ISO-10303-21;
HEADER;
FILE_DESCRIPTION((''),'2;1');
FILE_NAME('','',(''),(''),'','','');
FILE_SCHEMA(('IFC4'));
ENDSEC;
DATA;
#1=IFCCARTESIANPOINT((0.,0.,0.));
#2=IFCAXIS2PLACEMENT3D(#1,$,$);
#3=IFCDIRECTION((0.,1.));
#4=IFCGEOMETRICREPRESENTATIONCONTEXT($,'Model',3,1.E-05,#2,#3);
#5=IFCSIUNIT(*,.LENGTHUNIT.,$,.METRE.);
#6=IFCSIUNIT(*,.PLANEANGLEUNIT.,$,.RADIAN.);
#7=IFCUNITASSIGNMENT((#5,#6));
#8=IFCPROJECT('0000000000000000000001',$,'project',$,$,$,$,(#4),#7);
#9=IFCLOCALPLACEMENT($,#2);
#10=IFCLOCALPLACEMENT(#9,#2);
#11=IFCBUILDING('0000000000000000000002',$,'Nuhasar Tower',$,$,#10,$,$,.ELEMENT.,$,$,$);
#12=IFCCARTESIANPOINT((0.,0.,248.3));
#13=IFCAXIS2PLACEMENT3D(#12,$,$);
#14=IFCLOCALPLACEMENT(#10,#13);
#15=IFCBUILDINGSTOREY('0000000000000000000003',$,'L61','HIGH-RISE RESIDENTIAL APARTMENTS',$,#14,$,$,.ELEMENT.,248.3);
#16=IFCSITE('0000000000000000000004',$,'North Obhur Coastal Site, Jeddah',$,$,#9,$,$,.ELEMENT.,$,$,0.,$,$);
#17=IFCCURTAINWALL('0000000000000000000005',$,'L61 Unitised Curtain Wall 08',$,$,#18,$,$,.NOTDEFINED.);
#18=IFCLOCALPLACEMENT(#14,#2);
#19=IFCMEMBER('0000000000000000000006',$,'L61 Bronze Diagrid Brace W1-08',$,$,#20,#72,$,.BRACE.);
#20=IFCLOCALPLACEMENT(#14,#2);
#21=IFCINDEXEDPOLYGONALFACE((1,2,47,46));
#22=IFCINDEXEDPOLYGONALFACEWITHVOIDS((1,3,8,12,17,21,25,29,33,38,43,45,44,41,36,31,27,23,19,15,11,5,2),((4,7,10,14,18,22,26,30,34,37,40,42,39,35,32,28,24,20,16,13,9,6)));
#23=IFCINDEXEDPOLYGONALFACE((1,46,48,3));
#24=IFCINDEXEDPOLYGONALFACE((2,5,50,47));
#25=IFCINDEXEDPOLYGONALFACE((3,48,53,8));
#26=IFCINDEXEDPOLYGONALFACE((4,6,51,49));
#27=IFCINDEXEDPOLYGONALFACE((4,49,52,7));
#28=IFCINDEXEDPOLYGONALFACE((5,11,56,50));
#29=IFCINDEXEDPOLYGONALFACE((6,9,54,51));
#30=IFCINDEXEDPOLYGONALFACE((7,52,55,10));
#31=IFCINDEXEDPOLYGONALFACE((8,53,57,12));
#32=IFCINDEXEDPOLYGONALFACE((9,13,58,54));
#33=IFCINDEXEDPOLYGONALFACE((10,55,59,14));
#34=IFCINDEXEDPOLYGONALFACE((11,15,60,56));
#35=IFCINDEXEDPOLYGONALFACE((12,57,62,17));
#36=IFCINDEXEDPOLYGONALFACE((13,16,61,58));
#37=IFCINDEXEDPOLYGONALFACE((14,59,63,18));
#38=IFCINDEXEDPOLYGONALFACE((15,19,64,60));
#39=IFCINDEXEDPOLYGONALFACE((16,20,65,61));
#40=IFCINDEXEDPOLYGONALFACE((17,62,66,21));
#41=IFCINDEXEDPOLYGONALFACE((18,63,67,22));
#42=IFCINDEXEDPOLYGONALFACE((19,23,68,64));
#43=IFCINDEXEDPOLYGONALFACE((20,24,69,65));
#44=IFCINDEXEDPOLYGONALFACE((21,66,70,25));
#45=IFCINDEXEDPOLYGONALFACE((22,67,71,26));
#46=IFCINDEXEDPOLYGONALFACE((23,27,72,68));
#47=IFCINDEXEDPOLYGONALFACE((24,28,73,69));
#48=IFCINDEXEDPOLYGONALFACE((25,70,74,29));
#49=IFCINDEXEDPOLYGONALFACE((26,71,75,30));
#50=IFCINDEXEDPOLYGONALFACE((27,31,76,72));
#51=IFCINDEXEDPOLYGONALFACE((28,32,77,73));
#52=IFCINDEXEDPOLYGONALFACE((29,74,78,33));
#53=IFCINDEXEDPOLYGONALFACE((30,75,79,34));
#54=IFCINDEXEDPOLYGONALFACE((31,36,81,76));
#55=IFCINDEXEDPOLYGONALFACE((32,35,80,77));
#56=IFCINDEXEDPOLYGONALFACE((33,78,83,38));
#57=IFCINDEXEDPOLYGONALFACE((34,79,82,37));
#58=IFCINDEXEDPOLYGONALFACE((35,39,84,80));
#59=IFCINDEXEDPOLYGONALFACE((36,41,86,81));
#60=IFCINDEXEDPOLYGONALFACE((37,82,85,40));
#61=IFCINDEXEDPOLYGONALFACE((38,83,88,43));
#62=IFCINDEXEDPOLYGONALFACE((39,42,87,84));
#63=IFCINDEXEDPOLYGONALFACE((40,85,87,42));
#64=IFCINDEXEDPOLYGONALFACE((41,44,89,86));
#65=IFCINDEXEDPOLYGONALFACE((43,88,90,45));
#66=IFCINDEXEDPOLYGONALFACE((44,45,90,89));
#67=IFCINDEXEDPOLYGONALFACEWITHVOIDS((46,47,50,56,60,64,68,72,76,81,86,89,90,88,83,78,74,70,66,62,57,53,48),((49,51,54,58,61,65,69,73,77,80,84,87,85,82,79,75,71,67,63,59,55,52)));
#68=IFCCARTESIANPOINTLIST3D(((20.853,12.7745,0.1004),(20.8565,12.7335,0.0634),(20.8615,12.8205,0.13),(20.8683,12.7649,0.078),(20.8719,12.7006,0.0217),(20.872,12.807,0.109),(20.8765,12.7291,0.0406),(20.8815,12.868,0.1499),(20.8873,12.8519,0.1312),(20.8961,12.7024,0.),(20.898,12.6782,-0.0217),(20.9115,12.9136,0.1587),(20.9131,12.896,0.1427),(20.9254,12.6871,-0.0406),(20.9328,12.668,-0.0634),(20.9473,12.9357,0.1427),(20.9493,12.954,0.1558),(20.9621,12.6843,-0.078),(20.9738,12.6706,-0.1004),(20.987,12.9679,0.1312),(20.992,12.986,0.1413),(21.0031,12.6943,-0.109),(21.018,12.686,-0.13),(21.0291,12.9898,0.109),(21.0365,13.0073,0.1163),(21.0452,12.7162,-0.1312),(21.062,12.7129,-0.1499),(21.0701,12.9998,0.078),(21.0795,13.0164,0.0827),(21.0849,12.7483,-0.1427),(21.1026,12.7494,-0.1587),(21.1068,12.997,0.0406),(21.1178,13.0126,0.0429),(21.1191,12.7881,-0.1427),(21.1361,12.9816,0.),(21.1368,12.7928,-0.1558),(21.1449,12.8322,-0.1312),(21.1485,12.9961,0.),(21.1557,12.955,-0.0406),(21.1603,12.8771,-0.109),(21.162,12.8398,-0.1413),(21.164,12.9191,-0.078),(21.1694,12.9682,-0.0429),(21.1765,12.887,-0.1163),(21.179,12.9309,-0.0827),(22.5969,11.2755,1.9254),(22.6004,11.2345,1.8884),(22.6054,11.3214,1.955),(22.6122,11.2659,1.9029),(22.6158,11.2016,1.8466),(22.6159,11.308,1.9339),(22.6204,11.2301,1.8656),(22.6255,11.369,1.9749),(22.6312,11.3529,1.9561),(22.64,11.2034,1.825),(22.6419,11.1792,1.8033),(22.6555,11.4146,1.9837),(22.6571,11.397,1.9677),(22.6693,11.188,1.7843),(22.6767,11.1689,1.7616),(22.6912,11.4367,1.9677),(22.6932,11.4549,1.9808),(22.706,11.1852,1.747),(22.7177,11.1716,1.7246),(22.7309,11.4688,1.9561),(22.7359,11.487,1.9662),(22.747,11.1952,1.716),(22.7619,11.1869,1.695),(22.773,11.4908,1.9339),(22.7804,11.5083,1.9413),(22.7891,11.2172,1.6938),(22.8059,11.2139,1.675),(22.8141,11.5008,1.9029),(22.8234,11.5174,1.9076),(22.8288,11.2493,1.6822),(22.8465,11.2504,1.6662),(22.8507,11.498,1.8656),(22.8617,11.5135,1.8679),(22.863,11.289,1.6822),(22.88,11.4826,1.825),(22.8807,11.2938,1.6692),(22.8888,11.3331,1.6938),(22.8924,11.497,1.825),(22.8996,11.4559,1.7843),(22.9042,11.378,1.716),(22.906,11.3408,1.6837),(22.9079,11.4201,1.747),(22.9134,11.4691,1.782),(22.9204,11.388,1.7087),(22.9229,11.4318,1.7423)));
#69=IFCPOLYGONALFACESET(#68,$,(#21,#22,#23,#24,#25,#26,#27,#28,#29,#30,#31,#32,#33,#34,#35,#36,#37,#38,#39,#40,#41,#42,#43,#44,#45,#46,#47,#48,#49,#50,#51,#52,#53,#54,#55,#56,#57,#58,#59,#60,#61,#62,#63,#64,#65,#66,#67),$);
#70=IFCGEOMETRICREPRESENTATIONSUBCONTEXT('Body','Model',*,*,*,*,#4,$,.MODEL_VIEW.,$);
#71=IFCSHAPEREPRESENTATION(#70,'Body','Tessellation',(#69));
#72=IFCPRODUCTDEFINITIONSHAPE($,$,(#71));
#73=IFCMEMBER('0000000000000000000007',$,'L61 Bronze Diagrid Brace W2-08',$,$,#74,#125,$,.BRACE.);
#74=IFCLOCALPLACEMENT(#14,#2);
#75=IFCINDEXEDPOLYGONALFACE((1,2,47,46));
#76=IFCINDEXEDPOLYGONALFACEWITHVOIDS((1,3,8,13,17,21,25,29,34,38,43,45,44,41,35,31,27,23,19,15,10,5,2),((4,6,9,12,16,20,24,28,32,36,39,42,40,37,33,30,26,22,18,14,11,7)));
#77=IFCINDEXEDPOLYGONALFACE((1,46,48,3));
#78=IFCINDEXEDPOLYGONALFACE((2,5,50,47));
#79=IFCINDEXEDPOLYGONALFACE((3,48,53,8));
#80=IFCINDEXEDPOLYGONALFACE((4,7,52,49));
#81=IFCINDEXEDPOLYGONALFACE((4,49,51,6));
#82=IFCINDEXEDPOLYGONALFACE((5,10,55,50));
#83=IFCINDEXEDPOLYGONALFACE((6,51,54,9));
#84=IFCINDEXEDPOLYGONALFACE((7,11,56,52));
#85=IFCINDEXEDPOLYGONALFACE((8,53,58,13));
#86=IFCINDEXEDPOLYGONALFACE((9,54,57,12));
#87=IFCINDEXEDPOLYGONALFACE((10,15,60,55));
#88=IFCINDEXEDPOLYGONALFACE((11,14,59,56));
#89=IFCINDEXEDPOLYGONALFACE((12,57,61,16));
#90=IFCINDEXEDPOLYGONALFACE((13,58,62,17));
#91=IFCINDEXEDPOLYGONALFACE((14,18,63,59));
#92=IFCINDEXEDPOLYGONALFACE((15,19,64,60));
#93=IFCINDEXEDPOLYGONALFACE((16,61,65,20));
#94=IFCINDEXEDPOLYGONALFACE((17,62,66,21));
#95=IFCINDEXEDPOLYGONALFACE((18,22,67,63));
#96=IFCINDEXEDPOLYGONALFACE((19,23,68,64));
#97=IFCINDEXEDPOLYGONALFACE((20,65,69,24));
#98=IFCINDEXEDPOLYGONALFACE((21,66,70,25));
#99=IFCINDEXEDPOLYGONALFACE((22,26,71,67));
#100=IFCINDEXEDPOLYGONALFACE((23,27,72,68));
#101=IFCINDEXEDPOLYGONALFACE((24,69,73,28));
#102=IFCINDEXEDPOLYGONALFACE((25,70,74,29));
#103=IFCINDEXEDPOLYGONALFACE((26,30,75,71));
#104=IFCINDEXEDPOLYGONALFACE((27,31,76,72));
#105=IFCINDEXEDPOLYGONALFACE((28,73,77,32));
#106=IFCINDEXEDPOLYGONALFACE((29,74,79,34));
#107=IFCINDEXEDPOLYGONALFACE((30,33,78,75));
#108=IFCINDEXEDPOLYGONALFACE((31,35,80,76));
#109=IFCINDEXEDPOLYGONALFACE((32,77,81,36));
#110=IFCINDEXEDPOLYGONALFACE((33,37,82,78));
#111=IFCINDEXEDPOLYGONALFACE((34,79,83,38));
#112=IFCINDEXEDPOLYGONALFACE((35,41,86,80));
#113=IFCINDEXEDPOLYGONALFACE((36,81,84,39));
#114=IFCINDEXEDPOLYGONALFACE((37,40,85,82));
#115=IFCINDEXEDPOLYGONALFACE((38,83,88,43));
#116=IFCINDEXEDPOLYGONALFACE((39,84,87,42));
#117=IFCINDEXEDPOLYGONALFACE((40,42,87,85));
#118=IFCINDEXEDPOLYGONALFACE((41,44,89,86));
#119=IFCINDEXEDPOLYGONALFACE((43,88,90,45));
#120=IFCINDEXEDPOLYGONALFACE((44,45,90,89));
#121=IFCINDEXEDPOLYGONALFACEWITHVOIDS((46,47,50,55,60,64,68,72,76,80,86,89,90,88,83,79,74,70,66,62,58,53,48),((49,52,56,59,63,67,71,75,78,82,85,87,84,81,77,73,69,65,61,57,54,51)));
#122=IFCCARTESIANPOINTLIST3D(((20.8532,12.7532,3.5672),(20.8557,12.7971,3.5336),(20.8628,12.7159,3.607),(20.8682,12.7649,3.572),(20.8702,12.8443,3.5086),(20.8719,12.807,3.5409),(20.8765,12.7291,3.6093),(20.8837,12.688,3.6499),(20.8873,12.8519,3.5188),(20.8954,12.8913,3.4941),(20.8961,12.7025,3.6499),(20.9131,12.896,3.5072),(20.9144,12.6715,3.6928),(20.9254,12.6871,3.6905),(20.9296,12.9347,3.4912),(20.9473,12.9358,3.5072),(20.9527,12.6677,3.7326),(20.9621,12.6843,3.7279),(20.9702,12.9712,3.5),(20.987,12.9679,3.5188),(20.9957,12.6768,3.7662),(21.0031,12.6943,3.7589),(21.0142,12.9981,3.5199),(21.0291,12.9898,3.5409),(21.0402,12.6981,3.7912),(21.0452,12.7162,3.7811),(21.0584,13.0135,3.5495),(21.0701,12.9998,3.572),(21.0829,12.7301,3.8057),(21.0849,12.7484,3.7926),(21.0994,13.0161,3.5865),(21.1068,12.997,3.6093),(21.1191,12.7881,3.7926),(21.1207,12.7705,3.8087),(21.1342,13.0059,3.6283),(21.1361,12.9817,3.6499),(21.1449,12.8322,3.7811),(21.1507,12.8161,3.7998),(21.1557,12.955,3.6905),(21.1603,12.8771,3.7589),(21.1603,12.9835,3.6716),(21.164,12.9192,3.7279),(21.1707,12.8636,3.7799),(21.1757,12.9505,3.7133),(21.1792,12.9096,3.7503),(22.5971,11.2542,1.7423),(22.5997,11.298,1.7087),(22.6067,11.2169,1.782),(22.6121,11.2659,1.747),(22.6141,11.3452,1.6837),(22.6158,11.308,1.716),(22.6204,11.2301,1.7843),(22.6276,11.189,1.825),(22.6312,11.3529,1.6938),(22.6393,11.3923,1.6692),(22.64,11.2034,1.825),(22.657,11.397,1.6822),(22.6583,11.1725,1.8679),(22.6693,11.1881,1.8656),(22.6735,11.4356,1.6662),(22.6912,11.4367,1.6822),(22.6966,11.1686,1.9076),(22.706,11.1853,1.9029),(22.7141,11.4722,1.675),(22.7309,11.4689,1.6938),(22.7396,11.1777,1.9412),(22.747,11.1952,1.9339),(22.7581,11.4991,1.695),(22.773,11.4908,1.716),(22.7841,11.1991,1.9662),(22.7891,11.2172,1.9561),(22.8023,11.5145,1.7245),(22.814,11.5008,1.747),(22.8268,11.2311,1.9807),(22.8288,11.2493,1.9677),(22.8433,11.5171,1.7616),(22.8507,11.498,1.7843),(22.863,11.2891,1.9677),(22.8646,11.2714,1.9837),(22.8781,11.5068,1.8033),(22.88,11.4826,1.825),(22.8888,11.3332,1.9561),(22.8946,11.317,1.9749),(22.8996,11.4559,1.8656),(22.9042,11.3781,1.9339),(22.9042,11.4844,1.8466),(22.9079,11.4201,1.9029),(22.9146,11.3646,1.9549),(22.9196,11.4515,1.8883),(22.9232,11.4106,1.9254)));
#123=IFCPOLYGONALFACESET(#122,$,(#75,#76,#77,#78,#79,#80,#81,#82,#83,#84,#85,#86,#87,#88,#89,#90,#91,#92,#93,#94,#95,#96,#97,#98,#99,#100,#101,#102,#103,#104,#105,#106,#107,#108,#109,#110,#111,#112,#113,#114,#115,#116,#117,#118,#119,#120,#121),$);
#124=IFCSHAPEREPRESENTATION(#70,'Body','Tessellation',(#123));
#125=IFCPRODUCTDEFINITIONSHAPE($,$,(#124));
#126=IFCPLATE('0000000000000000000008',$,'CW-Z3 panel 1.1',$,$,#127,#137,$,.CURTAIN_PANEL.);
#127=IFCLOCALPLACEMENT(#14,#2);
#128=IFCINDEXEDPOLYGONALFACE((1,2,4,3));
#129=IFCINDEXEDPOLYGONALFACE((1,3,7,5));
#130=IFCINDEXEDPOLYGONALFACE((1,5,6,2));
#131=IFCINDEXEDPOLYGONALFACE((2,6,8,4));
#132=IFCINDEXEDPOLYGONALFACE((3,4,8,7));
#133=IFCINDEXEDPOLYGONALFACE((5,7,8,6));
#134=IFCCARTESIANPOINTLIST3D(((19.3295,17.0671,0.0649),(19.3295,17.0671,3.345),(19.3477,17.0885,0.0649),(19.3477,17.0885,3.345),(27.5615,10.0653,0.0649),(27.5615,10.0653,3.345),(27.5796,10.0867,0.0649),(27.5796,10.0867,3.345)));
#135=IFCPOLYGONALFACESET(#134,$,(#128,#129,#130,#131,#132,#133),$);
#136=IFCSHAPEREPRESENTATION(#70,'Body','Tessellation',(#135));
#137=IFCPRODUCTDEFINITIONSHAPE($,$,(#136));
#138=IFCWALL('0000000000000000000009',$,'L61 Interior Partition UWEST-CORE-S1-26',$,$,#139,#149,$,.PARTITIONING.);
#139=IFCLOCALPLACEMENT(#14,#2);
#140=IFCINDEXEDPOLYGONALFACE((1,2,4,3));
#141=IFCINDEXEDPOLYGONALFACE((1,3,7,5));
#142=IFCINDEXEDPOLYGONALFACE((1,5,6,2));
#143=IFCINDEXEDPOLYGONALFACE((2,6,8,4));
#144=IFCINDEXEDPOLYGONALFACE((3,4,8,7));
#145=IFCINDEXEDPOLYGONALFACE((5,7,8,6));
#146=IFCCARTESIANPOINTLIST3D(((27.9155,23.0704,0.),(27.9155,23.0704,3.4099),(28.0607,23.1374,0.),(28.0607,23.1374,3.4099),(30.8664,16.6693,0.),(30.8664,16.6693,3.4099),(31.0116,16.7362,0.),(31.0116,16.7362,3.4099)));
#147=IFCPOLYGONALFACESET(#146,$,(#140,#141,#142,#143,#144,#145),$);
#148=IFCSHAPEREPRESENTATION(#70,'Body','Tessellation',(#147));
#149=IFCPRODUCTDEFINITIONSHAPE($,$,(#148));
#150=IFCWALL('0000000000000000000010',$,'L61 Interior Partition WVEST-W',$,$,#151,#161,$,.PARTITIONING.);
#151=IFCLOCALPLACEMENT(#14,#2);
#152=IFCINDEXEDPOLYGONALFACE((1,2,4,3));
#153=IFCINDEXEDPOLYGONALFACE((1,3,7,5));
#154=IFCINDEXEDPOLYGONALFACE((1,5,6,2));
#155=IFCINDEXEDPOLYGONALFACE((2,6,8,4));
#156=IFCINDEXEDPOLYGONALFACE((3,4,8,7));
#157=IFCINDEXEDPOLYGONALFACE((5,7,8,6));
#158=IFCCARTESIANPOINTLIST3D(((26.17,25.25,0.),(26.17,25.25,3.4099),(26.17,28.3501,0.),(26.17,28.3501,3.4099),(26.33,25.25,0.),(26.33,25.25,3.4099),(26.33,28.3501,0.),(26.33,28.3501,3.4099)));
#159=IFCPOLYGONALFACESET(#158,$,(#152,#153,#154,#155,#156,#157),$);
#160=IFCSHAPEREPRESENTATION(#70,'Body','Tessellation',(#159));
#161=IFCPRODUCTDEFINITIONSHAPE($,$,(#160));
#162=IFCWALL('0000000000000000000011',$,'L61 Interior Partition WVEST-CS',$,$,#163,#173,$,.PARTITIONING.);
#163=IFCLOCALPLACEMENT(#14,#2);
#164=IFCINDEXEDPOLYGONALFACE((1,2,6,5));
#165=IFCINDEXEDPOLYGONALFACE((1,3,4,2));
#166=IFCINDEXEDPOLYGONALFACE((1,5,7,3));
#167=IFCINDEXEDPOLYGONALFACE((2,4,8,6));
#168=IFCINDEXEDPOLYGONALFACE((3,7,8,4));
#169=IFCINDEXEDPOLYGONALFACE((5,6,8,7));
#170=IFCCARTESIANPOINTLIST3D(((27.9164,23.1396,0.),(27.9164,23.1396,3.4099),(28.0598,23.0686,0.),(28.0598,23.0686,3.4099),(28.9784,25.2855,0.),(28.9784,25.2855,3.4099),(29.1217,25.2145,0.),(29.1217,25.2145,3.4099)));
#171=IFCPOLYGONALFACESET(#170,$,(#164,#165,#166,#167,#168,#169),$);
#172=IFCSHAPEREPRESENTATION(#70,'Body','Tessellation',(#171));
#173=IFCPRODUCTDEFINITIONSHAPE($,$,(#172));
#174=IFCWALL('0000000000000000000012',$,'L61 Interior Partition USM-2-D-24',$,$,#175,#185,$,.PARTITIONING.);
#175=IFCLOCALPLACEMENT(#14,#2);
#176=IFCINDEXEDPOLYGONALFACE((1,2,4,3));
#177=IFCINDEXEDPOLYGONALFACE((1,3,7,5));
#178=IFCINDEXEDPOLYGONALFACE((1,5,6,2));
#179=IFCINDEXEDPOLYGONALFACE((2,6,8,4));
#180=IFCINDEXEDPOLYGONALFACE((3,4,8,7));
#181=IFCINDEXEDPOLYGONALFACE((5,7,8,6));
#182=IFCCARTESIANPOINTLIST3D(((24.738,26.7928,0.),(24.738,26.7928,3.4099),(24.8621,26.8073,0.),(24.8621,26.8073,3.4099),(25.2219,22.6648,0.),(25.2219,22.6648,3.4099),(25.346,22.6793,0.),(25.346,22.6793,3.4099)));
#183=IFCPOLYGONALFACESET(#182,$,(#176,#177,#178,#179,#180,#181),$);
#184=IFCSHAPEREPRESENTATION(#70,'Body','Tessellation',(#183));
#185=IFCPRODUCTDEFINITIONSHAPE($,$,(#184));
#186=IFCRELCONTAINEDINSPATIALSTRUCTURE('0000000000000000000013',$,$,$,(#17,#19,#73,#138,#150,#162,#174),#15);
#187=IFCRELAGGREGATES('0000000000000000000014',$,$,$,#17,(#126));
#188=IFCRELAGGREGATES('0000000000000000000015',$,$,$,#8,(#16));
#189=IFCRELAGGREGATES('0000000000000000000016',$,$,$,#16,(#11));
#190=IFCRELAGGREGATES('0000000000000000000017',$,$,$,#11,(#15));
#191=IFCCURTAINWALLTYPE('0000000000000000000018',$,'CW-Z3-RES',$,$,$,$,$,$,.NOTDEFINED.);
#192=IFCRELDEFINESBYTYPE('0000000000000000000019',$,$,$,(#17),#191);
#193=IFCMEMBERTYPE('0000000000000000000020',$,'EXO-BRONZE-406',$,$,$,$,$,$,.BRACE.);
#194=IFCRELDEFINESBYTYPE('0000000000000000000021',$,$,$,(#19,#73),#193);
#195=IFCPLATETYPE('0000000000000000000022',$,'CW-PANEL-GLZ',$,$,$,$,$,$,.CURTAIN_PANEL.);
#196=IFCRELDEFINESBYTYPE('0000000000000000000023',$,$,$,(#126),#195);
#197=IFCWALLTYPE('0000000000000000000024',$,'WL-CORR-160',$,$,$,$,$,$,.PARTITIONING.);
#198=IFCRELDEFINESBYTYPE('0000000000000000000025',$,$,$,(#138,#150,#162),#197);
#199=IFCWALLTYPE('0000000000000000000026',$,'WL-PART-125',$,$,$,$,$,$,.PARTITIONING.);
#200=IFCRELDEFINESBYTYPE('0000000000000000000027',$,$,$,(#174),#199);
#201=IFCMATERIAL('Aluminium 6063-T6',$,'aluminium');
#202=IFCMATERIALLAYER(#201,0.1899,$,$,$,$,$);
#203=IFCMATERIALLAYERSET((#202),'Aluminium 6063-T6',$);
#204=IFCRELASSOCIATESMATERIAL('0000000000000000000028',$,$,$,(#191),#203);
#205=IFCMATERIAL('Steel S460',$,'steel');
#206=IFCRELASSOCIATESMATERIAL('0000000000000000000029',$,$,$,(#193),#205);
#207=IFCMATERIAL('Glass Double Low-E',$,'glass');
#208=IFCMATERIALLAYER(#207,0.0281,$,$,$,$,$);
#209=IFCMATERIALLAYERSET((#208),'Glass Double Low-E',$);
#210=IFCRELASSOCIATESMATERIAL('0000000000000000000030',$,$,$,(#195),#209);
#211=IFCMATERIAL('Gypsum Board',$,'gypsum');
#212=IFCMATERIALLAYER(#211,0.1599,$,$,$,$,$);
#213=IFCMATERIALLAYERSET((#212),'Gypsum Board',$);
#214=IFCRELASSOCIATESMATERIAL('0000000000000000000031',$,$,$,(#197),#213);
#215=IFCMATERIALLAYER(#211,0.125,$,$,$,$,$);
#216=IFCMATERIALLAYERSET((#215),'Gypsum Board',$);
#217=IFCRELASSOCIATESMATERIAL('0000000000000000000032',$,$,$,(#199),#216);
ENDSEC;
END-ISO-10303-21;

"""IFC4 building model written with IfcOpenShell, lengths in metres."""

from ifc_helpers import new_model, si_unit, direction, frame, frame_2d, origin, origin_2d, place, context, subcontext, project, spatial, rectangle, hollow_circle, extrude, material, layer, layer_set, material_profile, profile_set, type_object, element, aggregate, save


model = new_model("IFC4")

# Units and contexts
model_context = context("Model", 3, precision=1e-05, world=origin(), true_north=direction((0.0, 1.0)))
body_context = subcontext(model_context, "Body", "Model", "MODEL_VIEW")
ifc_project = project(units=[si_unit("LENGTHUNIT", "METRE"), si_unit("PLANEANGLEUNIT", "RADIAN")], contexts=[model_context])

# Site, building, storey
site_placement = place(None, origin())
site = spatial("IfcSite", under=ifc_project, at=site_placement, Name="North Obhur Coastal Site, Jeddah", CompositionType="ELEMENT", RefElevation=0.0)
building_placement = place(site_placement, origin())
building = spatial("IfcBuilding", under=site, at=building_placement, Name="Nuhasar Tower", CompositionType="ELEMENT")
storey_placement = place(building_placement, frame((0.0, 0.0, 248.3)))
storey = spatial("IfcBuildingStorey", under=building, at=storey_placement, Name="L61", Description="HIGH-RISE RESIDENTIAL APARTMENTS", CompositionType="ELEMENT", Elevation=248.3)

# Curtain wall
ifc_material_1 = material(Name="Aluminium 6063-T6", Category="aluminium")
ifc_layer_1 = layer(ifc_material_1, 0.1899)
ifc_layer_set_1 = layer_set([ifc_layer_1], Name="Aluminium 6063-T6")
curtain_wall_type = type_object("IfcCurtainWallType", Name="CW-Z3-RES", PredefinedType="NOTDEFINED", material=ifc_layer_set_1)
curtain_wall_1_placement = place(storey_placement, origin())
curtain_wall_1 = element("IfcCurtainWall", 1, at=curtain_wall_1_placement, inside=storey, type_object=curtain_wall_type, Name="L61 Unitised Curtain Wall 08", PredefinedType="NOTDEFINED")

# Members
ifc_material_2 = material(Name="Steel S460", Category="steel")
ifc_material_profile_1 = material_profile(ifc_material_2, hollow_circle(Radius=0.2031, WallThickness=0.019, at=origin_2d()), Name="HSS406.4X19.1")
ifc_profile_set_1 = profile_set([ifc_material_profile_1], Name="Steel S460")
member_type_1 = type_object("IfcMemberType", Name="EXO-BRONZE-406", PredefinedType="BRACE", material=ifc_profile_set_1)
for number, where, z_axis, x_axis, name in (
    (2, (21.0161, 12.842, 0.0), (0.594019, -0.510608, 0.621628), (0.651857, 0.758342, 0.0), "L61 Bronze Diagrid Brace W1-08"),
    (3, (22.76, 11.343, 1.825), (-0.594019, 0.510608, 0.621628), (-0.651857, -0.758342, 0.0), "L61 Bronze Diagrid Brace W2-08"),
):
    element("IfcMember", number, at=place(storey_placement, frame(where, z_axis=z_axis, x_axis=x_axis)), inside=storey, type_object=member_type_1, Name=name, PredefinedType="BRACE", context=body_context, shape_type="SweptSolid", body=[
        extrude(hollow_circle(Radius=0.2031, WallThickness=0.019, at=origin_2d()), origin(), (0.0, 0.0, 1.0), 2.9358),
    ])

# Plate
ifc_material_3 = material(Name="Glass Double Low-E", Category="glass")
ifc_layer_2 = layer(ifc_material_3, 0.0281)
ifc_layer_set_2 = layer_set([ifc_layer_2], Name="Glass Double Low-E")
plate_type = type_object("IfcPlateType", Name="CW-PANEL-GLZ", PredefinedType="CURTAIN_PANEL", material=ifc_layer_set_2)
plate_placement = place(storey_placement, frame((23.4546, 13.5769, 0.0649), z_axis=(0.0, 0.0, 1.0), x_axis=(0.761729, -0.647895, 0.0)))
plate = element("IfcPlate", 4, at=plate_placement, type_object=plate_type, Name="CW-Z3 panel 1.1", PredefinedType="CURTAIN_PANEL", context=body_context, shape_type="SweptSolid", body=[
    extrude(rectangle(XDim=10.8069, YDim=0.0281, at=origin_2d()), origin(), (0.0, 0.0, 1.0), 3.28),
])
aggregate(curtain_wall_1, [plate])

# Wall
ifc_material_4 = material(Name="Gypsum Board", Category="gypsum")
ifc_layer_3 = layer(ifc_material_4, 0.1599)
ifc_layer_set_3 = layer_set([ifc_layer_3], Name="Gypsum Board")
wall_type_1 = type_object("IfcWallType", Name="WL-CORR-160", PredefinedType="PARTITIONING", material=ifc_layer_set_3)
wall_1_placement = place(storey_placement, frame((27.988, 23.104, 0.0), z_axis=(0.0, 0.0, 1.0), x_axis=(0.418656, -0.908145, 0.0)))
element("IfcWall", 5, at=wall_1_placement, inside=storey, type_object=wall_type_1, Name="L61 Interior Partition UWEST-CORE-S1-26", PredefinedType="PARTITIONING", context=body_context, shape_type="SweptSolid", body=[
    extrude(rectangle(XDim=7.0486, YDim=0.1599, at=frame_2d((3.5244, 0.0))), origin(), (0.0, 0.0, 1.0), 3.4099),
])

# Walls
wall_2_placement = place(storey_placement, frame((26.25, 25.25, 0.0), z_axis=(0.0, 0.0, 1.0), x_axis=(0.0, 1.0, 0.0)))
element("IfcWall", 6, at=wall_2_placement, inside=storey, type_object=wall_type_1, Name="L61 Interior Partition WVEST-W", PredefinedType="PARTITIONING", context=body_context, shape_type="SweptSolid", body=[
    extrude(rectangle(XDim=3.1001, YDim=0.1599, at=frame_2d((1.55, 0.0))), origin(), (0.0, 0.0, 1.0), 3.4099),
])
wall_3_placement = place(storey_placement, frame((27.988, 23.104, 0.0), z_axis=(0.0, 0.0, 1.0), x_axis=(0.443539, 0.896255, 0.0)))
element("IfcWall", 7, at=wall_3_placement, inside=storey, type_object=wall_type_1, Name="L61 Interior Partition WVEST-CS", PredefinedType="PARTITIONING", context=body_context, shape_type="SweptSolid", body=[
    extrude(rectangle(XDim=2.3943, YDim=0.1599, at=frame_2d((1.1973, 0.0))), origin(), (0.0, 0.0, 1.0), 3.4099),
])
ifc_layer_4 = layer(ifc_material_4, 0.125)
ifc_layer_set_4 = layer_set([ifc_layer_4], Name="Gypsum Board")
wall_type_2 = type_object("IfcWallType", Name="WL-PART-125", PredefinedType="PARTITIONING", material=ifc_layer_set_4)
wall_4_placement = place(storey_placement, frame((24.8, 26.8, 0.0), z_axis=(0.0, 0.0, 1.0), x_axis=(0.116425, -0.993199, 0.0)))
element("IfcWall", 8, at=wall_4_placement, inside=storey, type_object=wall_type_2, Name="L61 Interior Partition USM-2-D-24", PredefinedType="PARTITIONING", context=body_context, shape_type="SweptSolid", body=[
    extrude(rectangle(XDim=4.1562, YDim=0.125, at=frame_2d((2.0781, 0.0))), origin(), (0.0, 0.0, 1.0), 3.4099),
])

save(model, "model.ifc")
